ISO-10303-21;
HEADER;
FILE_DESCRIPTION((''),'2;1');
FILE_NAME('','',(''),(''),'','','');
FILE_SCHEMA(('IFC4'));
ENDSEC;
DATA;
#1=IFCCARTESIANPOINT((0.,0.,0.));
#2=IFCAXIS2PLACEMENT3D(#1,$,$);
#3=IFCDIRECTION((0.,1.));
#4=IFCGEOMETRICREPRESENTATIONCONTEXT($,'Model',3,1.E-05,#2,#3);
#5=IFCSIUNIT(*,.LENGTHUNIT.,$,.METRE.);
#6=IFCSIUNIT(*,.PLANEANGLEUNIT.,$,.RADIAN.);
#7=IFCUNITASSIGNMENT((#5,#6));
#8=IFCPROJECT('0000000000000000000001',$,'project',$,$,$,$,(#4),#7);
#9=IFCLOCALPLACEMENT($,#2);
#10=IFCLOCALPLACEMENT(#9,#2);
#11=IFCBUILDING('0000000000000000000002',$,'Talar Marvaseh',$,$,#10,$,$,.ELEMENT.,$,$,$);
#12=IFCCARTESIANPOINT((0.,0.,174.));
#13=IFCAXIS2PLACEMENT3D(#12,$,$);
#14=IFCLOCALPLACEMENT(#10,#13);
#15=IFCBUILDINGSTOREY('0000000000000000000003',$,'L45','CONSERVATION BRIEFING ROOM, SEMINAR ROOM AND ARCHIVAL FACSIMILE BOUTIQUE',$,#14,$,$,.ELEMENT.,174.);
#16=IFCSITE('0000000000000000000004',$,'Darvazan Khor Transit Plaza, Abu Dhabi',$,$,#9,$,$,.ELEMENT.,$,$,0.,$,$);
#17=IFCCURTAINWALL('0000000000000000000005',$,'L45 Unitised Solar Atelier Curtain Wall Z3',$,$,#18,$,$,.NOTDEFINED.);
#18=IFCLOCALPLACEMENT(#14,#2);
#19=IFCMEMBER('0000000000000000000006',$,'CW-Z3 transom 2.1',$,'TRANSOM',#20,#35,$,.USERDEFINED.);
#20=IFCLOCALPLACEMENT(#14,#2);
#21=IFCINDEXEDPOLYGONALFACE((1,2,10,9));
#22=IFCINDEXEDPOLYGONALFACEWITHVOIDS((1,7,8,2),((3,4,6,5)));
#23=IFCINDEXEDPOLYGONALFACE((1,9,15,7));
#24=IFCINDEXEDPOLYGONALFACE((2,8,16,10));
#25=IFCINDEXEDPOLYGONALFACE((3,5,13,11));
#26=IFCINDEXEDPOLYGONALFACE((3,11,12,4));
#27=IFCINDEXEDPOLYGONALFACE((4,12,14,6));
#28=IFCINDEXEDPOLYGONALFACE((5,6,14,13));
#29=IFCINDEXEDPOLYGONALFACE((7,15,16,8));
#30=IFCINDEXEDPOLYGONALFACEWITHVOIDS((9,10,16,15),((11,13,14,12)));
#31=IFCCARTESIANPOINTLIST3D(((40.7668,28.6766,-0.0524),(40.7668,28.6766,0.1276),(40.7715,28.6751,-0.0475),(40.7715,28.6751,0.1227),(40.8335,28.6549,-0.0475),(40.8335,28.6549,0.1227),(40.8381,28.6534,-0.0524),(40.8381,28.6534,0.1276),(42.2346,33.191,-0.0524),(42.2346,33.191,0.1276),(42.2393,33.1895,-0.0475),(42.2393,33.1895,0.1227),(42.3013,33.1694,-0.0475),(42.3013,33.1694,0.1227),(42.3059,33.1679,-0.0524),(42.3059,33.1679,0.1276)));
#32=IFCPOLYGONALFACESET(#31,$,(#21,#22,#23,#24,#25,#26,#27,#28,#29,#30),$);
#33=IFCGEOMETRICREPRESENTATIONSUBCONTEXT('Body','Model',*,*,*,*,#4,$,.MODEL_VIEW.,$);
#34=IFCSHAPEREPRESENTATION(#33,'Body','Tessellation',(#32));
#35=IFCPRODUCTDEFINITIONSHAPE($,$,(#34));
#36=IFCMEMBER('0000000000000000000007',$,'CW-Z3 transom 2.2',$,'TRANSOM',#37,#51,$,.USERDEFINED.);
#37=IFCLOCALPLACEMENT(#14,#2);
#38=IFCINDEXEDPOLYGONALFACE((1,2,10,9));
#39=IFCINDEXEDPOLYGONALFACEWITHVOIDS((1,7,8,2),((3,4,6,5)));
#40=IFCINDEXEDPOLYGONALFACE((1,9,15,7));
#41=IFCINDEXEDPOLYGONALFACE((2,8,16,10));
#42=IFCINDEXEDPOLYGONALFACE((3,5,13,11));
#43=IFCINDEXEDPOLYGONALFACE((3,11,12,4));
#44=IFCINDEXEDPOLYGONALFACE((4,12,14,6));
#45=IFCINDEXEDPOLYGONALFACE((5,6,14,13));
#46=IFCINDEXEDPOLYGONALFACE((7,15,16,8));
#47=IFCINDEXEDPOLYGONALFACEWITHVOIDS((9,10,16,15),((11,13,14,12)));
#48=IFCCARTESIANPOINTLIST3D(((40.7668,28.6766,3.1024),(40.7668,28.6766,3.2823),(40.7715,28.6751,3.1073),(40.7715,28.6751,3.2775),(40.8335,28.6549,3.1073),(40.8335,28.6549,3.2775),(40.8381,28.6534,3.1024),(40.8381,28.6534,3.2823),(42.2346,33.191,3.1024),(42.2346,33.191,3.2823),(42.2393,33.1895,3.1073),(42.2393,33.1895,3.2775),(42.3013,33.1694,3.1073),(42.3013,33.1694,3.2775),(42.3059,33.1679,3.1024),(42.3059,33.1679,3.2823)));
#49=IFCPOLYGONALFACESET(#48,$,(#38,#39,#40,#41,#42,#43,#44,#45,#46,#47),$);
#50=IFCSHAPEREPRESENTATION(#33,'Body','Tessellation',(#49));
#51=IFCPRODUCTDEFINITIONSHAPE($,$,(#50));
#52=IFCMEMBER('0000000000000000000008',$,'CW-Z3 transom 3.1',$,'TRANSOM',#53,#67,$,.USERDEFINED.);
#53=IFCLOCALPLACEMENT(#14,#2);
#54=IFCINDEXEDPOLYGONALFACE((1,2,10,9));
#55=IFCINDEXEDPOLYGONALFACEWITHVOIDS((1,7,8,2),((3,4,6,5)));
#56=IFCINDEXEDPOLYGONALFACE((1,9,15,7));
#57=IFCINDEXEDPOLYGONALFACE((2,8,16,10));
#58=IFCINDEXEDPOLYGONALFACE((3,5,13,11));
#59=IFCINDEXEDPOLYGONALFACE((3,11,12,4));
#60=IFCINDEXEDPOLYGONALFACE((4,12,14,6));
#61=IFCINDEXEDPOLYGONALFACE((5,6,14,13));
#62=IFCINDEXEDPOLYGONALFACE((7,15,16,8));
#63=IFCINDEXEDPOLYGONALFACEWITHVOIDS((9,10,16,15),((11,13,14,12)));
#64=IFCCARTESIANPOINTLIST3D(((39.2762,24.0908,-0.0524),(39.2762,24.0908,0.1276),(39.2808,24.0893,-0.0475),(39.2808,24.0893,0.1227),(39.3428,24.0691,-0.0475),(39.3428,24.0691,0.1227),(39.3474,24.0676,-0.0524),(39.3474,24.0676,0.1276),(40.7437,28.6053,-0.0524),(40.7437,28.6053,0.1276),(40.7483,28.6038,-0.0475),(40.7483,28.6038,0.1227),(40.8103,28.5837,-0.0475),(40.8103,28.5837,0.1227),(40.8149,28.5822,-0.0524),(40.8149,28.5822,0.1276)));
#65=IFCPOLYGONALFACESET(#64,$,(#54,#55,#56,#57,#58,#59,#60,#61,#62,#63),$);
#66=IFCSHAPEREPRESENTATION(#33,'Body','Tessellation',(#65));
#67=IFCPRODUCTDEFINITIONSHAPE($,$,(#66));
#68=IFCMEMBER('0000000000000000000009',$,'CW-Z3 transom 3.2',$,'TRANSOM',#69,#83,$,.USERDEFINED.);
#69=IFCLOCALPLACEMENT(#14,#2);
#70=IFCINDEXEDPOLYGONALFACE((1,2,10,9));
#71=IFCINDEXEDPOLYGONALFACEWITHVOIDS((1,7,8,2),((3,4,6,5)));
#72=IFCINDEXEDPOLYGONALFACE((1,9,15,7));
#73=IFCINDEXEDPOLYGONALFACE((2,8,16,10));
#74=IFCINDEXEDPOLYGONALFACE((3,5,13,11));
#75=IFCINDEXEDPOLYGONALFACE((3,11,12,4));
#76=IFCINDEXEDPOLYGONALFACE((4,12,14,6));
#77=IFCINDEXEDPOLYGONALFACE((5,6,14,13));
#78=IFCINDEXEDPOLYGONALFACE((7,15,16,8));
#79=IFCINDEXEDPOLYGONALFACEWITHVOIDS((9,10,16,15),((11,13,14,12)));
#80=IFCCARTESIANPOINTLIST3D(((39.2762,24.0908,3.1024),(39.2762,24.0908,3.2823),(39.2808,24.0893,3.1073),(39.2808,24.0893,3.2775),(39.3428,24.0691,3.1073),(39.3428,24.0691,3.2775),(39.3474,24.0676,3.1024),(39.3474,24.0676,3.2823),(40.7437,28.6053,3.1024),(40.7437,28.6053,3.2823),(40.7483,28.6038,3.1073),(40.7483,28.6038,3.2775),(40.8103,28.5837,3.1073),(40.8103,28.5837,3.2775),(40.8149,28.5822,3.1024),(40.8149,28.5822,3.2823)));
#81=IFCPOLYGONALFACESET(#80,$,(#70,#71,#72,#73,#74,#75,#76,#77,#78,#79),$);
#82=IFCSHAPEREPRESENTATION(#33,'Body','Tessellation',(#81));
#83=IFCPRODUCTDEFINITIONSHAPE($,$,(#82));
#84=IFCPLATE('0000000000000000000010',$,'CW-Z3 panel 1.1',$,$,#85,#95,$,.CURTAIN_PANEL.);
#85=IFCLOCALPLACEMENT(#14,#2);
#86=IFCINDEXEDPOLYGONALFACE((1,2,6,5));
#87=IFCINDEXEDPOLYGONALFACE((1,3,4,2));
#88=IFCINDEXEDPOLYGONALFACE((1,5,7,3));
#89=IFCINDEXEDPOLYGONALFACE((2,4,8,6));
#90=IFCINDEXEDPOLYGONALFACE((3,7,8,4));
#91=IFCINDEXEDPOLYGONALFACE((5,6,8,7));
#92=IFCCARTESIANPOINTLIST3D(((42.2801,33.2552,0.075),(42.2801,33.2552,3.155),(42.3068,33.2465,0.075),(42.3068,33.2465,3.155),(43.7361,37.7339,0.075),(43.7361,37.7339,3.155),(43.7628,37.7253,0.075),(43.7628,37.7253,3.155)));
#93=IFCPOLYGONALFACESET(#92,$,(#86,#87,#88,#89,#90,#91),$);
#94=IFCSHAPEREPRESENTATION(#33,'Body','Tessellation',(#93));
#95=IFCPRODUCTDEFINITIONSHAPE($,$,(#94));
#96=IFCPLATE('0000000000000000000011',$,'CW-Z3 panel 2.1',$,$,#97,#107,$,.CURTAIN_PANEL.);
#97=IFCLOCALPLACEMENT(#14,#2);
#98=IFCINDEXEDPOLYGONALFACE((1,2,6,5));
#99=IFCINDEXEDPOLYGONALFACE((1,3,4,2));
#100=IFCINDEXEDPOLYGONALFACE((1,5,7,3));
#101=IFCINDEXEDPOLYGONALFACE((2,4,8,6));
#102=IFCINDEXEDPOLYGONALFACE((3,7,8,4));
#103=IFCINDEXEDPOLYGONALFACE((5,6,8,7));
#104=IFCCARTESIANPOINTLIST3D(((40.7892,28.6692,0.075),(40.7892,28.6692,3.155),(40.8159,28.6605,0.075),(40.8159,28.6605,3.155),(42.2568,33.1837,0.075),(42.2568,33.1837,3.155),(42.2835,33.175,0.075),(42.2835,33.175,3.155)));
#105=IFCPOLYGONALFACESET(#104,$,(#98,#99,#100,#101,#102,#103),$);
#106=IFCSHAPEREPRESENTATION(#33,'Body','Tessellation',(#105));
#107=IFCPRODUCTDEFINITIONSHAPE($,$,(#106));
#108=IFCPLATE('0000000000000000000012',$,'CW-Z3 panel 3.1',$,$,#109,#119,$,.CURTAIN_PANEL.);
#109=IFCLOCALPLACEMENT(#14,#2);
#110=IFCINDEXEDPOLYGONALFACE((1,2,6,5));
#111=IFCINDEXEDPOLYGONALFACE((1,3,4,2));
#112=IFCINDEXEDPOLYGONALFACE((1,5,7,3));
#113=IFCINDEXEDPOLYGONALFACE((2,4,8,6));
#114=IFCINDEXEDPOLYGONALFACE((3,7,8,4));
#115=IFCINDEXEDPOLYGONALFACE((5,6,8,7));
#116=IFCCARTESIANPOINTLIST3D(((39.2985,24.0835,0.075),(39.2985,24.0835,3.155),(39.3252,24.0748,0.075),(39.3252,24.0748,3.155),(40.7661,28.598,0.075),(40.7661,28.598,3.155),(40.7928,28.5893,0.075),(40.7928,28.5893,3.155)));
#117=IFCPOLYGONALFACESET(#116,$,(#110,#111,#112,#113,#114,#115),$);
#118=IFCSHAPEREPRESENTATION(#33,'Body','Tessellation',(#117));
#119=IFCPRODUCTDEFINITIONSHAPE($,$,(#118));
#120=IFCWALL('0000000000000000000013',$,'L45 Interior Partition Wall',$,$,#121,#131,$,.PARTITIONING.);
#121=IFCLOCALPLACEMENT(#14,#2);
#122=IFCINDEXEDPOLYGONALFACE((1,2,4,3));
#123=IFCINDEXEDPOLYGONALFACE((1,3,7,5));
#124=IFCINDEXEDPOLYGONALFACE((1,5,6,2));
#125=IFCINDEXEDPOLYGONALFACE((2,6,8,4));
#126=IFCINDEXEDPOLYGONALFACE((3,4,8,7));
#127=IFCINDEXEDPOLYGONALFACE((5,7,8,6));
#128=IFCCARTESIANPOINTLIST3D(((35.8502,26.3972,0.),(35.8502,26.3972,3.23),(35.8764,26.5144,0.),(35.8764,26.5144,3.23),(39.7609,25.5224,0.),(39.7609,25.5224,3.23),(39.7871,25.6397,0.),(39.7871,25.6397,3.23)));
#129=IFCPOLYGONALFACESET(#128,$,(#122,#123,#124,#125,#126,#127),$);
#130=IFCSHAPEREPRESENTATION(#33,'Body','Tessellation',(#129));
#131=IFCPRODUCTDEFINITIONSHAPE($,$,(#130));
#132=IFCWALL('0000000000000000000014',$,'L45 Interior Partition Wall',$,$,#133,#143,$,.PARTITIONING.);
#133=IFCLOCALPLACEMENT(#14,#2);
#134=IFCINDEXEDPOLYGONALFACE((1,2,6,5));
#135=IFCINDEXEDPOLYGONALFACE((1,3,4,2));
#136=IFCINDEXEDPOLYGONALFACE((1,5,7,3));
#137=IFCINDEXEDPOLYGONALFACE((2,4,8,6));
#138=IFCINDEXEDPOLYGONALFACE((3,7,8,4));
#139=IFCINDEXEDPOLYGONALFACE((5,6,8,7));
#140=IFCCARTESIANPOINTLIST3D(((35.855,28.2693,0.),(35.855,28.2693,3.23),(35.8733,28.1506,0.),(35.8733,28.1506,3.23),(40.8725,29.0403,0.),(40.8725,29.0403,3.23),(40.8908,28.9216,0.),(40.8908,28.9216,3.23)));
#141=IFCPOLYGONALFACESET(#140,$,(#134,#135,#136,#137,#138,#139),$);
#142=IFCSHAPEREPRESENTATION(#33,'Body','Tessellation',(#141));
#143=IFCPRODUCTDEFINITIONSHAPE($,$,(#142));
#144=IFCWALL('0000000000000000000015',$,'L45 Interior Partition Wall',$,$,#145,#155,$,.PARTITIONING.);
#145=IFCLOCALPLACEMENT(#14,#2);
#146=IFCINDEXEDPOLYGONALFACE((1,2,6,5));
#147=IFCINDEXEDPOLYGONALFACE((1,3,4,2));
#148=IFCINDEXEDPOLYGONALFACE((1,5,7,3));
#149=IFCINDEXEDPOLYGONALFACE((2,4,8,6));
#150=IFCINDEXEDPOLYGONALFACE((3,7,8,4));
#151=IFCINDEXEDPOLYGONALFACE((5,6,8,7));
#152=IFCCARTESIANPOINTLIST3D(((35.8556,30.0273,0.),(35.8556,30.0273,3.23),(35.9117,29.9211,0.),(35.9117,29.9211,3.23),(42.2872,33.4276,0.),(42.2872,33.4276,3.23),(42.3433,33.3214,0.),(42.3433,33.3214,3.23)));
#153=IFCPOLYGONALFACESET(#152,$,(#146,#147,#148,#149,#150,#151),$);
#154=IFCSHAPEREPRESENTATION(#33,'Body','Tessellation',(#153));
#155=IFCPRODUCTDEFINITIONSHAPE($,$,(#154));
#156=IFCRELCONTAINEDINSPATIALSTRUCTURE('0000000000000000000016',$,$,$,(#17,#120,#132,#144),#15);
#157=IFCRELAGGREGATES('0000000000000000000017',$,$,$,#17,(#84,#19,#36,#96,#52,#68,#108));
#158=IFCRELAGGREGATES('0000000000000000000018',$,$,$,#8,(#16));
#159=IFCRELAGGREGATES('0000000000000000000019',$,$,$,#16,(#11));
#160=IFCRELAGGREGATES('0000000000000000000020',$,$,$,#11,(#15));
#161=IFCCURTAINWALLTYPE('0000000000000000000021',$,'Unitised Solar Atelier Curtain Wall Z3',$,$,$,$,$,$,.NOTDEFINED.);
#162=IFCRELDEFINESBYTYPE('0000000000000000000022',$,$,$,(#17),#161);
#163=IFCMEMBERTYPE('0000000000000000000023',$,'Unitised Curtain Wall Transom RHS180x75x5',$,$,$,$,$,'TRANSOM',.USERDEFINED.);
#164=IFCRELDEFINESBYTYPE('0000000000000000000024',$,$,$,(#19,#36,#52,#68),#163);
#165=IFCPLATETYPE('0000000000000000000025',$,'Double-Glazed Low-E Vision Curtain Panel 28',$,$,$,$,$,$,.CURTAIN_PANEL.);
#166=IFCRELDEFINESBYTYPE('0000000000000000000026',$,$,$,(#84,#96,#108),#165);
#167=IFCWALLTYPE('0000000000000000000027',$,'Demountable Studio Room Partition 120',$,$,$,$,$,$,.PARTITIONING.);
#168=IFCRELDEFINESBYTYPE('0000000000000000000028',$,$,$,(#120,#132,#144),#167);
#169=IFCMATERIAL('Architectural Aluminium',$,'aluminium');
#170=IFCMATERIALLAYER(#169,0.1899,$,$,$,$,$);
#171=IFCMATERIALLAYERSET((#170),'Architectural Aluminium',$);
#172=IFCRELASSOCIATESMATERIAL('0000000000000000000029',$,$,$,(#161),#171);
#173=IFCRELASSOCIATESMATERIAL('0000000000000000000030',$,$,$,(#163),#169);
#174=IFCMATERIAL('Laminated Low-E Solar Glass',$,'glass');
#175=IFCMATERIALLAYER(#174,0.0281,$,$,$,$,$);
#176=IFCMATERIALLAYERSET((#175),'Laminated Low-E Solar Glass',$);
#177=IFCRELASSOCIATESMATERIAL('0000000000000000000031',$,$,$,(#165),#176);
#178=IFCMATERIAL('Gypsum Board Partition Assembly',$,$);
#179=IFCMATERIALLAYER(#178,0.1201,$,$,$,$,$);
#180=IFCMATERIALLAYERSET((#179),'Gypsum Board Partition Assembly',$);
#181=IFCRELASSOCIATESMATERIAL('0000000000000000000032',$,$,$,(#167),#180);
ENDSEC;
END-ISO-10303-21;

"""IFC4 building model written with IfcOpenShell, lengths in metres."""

from ifc_helpers import new_model, si_unit, direction, frame, frame_2d, origin, origin_2d, place, context, subcontext, project, spatial, rectangle, hollow_rectangle, extrude, source, transform, mapped, material, layer, layer_set, material_profile, profile_set, type_object, type_shapes, element, aggregate, save


model = new_model("IFC4")

# Units and contexts
model_context = context("Model", 3, precision=1e-05, world=origin(), true_north=direction((0.0, 1.0)))
body_context = subcontext(model_context, "Body", "Model", "MODEL_VIEW")
ifc_project = project(units=[si_unit("LENGTHUNIT", "METRE"), si_unit("PLANEANGLEUNIT", "RADIAN")], contexts=[model_context])

# Site, building, storey
site_placement = place(None, origin())
site = spatial("IfcSite", under=ifc_project, at=site_placement, Name="Darvazan Khor Transit Plaza, Abu Dhabi", CompositionType="ELEMENT", RefElevation=0.0)
building_placement = place(site_placement, origin())
building = spatial("IfcBuilding", under=site, at=building_placement, Name="Talar Marvaseh", CompositionType="ELEMENT")
storey_placement = place(building_placement, frame((0.0, 0.0, 174.0)))
storey = spatial("IfcBuildingStorey", under=building, at=storey_placement, Name="L45", Description="CONSERVATION BRIEFING ROOM, SEMINAR ROOM AND ARCHIVAL FACSIMILE BOUTIQUE", CompositionType="ELEMENT", Elevation=174.0)

# Curtain wall, members, plates
ifc_material_1 = material(Name="Architectural Aluminium", Category="aluminium")
ifc_layer_1 = layer(ifc_material_1, 0.1899)
ifc_layer_set_1 = layer_set([ifc_layer_1], Name="Architectural Aluminium")
curtain_wall_type = type_object("IfcCurtainWallType", Name="Unitised Solar Atelier Curtain Wall Z3", PredefinedType="NOTDEFINED", material=ifc_layer_set_1)
curtain_wall_placement = place(storey_placement, origin())
curtain_wall = element("IfcCurtainWall", 1, at=curtain_wall_placement, inside=storey, type_object=curtain_wall_type, Name="L45 Unitised Solar Atelier Curtain Wall Z3", PredefinedType="NOTDEFINED")
ifc_material_profile_1 = material_profile(ifc_material_1, hollow_rectangle(XDim=0.075, YDim=0.1799, WallThickness=0.0049, at=origin_2d()), Name="RHS180x75x5")
ifc_profile_set_1 = profile_set([ifc_material_profile_1], Name="Architectural Aluminium")
member_type_1 = type_object("IfcMemberType", Name="Unitised Curtain Wall Transom RHS180x75x5", ElementType="TRANSOM", PredefinedType="USERDEFINED", material=ifc_profile_set_1)
shared_shape_1 = source(origin(), body_context, "Body", "SweptSolid", [
    extrude(hollow_rectangle(XDim=0.075, YDim=0.1799, WallThickness=0.0049, at=origin_2d()), origin(), (0.0, 0.0, 1.0), 4.7471),
])
type_shapes(member_type_1, [shared_shape_1])
member_1_placement = place(storey_placement, frame((42.2703, 33.1794, 0.0376), z_axis=(-0.309199, -0.950997, 0.0), x_axis=(0.950997, -0.309199, 0.0)))
member_1 = element("IfcMember", 2, at=member_1_placement, type_object=member_type_1, Name="CW-Z3 transom 2.1", ObjectType="TRANSOM", PredefinedType="USERDEFINED", context=body_context, shape_type="MappedRepresentation", body=[
    mapped(shared_shape_1, transform((0.0, 0.0, 0.0), x_axis=(1.0, 0.0, 0.0), y_axis=(0.0, 1.0, 0.0), z_axis=(0.0, 0.0, 1.0), scale=1.0)),
])
member_2_placement = place(storey_placement, frame((42.2703, 33.1794, 3.1924), z_axis=(-0.309199, -0.950997, 0.0), x_axis=(0.950997, -0.309199, 0.0)))
member_2 = element("IfcMember", 3, at=member_2_placement, type_object=member_type_1, Name="CW-Z3 transom 2.2", ObjectType="TRANSOM", PredefinedType="USERDEFINED", context=body_context, shape_type="MappedRepresentation", body=[
    mapped(shared_shape_1, transform((0.0, 0.0, 0.0), x_axis=(1.0, 0.0, 0.0), y_axis=(0.0, 1.0, 0.0), z_axis=(0.0, 0.0, 1.0), scale=1.0)),
])
member_3_placement = place(storey_placement, frame((40.7793, 28.5938, 0.0376), z_axis=(-0.309137, -0.951017, 0.0), x_axis=(0.951017, -0.309137, 0.0)))
member_3 = element("IfcMember", 4, at=member_3_placement, type_object=member_type_1, Name="CW-Z3 transom 3.1", ObjectType="TRANSOM", PredefinedType="USERDEFINED", context=body_context, shape_type="MappedRepresentation", body=[
    mapped(shared_shape_1, transform((0.0, 0.0, 0.0), x_axis=(1.0, 0.0, 0.0), y_axis=(0.0, 1.0, 0.0), z_axis=(0.0, 0.0, 1.0), scale=1.0)),
])
member_4_placement = place(storey_placement, frame((40.7793, 28.5938, 3.1924), z_axis=(-0.309137, -0.951017, 0.0), x_axis=(0.951017, -0.309137, 0.0)))
member_4 = element("IfcMember", 5, at=member_4_placement, type_object=member_type_1, Name="CW-Z3 transom 3.2", ObjectType="TRANSOM", PredefinedType="USERDEFINED", context=body_context, shape_type="MappedRepresentation", body=[
    mapped(shared_shape_1, transform((0.0, 0.0, 0.0), x_axis=(1.0, 0.0, 0.0), y_axis=(0.0, 1.0, 0.0), z_axis=(0.0, 0.0, 1.0), scale=1.0)),
])
ifc_material_2 = material(Name="Laminated Low-E Solar Glass", Category="glass")
ifc_layer_2 = layer(ifc_material_2, 0.0281)
ifc_layer_set_2 = layer_set([ifc_layer_2], Name="Laminated Low-E Solar Glass")
plate_type = type_object("IfcPlateType", Name="Double-Glazed Low-E Vision Curtain Panel 28", PredefinedType="CURTAIN_PANEL", material=ifc_layer_set_2)
shared_shape_2 = source(origin(), body_context, "Body", "SweptSolid", [
    extrude(rectangle(XDim=4.7095, YDim=0.0281, at=origin_2d()), origin(), (0.0, 0.0, 1.0), 3.0801),
])
plate_1_placement = place(storey_placement, frame((43.0215, 35.4902, 0.075), z_axis=(0.0, 0.0, 1.0), x_axis=(-0.309164, -0.951009, 0.0)))
plate_1 = element("IfcPlate", 6, at=plate_1_placement, type_object=plate_type, Name="CW-Z3 panel 1.1", PredefinedType="CURTAIN_PANEL", context=body_context, shape_type="MappedRepresentation", body=[
    mapped(shared_shape_2, transform((0.0, 0.0, 0.0), x_axis=(1.0, 0.0, 0.0), y_axis=(0.0, 1.0, 0.0), z_axis=(0.0, 0.0, 1.0), scale=1.0)),
])
shared_shape_3 = source(origin(), body_context, "Body", "SweptSolid", [
    extrude(rectangle(XDim=4.7471, YDim=0.0281, at=origin_2d()), origin(), (0.0, 0.0, 1.0), 3.0801),
])
type_shapes(plate_type, [shared_shape_2, shared_shape_3])
plate_2_placement = place(storey_placement, frame((41.5364, 30.9221, 0.075), z_axis=(0.0, 0.0, 1.0), x_axis=(-0.309164, -0.951009, 0.0)))
plate_2 = element("IfcPlate", 7, at=plate_2_placement, type_object=plate_type, Name="CW-Z3 panel 2.1", PredefinedType="CURTAIN_PANEL", context=body_context, shape_type="MappedRepresentation", body=[
    mapped(shared_shape_3, transform((0.0, 0.0, 0.0), x_axis=(1.0, 0.0, 0.0), y_axis=(0.0, 1.0, 0.0), z_axis=(0.0, 0.0, 1.0), scale=1.0)),
])
plate_3_placement = place(storey_placement, frame((40.0457, 26.3364, 0.075), z_axis=(0.0, 0.0, 1.0), x_axis=(-0.309164, -0.951009, 0.0)))
plate_3 = element("IfcPlate", 8, at=plate_3_placement, type_object=plate_type, Name="CW-Z3 panel 3.1", PredefinedType="CURTAIN_PANEL", context=body_context, shape_type="MappedRepresentation", body=[
    mapped(shared_shape_3, transform((0.0, 0.0, 0.0), x_axis=(1.0, 0.0, 0.0), y_axis=(0.0, 1.0, 0.0), z_axis=(0.0, 0.0, 1.0), scale=1.0)),
])
aggregate(curtain_wall, [plate_1, member_1, member_2, plate_2, member_3, member_4, plate_3])

# Walls
ifc_material_3 = material(Name="Gypsum Board Partition Assembly")
ifc_layer_3 = layer(ifc_material_3, 0.1201)
ifc_layer_set_3 = layer_set([ifc_layer_3], Name="Gypsum Board Partition Assembly")
wall_type = type_object("IfcWallType", Name="Demountable Studio Room Partition 120", PredefinedType="PARTITIONING", material=ifc_layer_set_3)
wall_1_placement = place(storey_placement, frame((35.8633, 26.4558, 0.0), z_axis=(0.0, 0.0, 1.0), x_axis=(0.975884, -0.218291, 0.0)))
element("IfcWall", 9, at=wall_1_placement, inside=storey, type_object=wall_type, Name="L45 Interior Partition Wall", PredefinedType="PARTITIONING", context=body_context, shape_type="SweptSolid", body=[
    extrude(rectangle(XDim=4.0073, YDim=0.1201, at=frame_2d((2.0037, 0.0))), origin(), (0.0, 0.0, 1.0), 3.23),
])
wall_2_placement = place(storey_placement, frame((35.8643, 28.21, 0.0), z_axis=(0.0, 0.0, 1.0), x_axis=(0.988399, 0.151876, 0.0)))
element("IfcWall", 10, at=wall_2_placement, inside=storey, type_object=wall_type, Name="L45 Interior Partition Wall", PredefinedType="PARTITIONING", context=body_context, shape_type="SweptSolid", body=[
    extrude(rectangle(XDim=5.0764, YDim=0.1201, at=frame_2d((2.5381, 0.0))), origin(), (0.0, 0.0, 1.0), 3.23),
])
wall_3_placement = place(storey_placement, frame((35.8835, 29.9741, 0.0), z_axis=(0.0, 0.0, 1.0), x_axis=(0.884049, 0.467394, 0.0)))
element("IfcWall", 11, at=wall_3_placement, inside=storey, type_object=wall_type, Name="L45 Interior Partition Wall", PredefinedType="PARTITIONING", context=body_context, shape_type="SweptSolid", body=[
    extrude(rectangle(XDim=7.2751, YDim=0.1201, at=frame_2d((3.6377, 0.0))), origin(), (0.0, 0.0, 1.0), 3.23),
])

save(model, "model.ifc")
